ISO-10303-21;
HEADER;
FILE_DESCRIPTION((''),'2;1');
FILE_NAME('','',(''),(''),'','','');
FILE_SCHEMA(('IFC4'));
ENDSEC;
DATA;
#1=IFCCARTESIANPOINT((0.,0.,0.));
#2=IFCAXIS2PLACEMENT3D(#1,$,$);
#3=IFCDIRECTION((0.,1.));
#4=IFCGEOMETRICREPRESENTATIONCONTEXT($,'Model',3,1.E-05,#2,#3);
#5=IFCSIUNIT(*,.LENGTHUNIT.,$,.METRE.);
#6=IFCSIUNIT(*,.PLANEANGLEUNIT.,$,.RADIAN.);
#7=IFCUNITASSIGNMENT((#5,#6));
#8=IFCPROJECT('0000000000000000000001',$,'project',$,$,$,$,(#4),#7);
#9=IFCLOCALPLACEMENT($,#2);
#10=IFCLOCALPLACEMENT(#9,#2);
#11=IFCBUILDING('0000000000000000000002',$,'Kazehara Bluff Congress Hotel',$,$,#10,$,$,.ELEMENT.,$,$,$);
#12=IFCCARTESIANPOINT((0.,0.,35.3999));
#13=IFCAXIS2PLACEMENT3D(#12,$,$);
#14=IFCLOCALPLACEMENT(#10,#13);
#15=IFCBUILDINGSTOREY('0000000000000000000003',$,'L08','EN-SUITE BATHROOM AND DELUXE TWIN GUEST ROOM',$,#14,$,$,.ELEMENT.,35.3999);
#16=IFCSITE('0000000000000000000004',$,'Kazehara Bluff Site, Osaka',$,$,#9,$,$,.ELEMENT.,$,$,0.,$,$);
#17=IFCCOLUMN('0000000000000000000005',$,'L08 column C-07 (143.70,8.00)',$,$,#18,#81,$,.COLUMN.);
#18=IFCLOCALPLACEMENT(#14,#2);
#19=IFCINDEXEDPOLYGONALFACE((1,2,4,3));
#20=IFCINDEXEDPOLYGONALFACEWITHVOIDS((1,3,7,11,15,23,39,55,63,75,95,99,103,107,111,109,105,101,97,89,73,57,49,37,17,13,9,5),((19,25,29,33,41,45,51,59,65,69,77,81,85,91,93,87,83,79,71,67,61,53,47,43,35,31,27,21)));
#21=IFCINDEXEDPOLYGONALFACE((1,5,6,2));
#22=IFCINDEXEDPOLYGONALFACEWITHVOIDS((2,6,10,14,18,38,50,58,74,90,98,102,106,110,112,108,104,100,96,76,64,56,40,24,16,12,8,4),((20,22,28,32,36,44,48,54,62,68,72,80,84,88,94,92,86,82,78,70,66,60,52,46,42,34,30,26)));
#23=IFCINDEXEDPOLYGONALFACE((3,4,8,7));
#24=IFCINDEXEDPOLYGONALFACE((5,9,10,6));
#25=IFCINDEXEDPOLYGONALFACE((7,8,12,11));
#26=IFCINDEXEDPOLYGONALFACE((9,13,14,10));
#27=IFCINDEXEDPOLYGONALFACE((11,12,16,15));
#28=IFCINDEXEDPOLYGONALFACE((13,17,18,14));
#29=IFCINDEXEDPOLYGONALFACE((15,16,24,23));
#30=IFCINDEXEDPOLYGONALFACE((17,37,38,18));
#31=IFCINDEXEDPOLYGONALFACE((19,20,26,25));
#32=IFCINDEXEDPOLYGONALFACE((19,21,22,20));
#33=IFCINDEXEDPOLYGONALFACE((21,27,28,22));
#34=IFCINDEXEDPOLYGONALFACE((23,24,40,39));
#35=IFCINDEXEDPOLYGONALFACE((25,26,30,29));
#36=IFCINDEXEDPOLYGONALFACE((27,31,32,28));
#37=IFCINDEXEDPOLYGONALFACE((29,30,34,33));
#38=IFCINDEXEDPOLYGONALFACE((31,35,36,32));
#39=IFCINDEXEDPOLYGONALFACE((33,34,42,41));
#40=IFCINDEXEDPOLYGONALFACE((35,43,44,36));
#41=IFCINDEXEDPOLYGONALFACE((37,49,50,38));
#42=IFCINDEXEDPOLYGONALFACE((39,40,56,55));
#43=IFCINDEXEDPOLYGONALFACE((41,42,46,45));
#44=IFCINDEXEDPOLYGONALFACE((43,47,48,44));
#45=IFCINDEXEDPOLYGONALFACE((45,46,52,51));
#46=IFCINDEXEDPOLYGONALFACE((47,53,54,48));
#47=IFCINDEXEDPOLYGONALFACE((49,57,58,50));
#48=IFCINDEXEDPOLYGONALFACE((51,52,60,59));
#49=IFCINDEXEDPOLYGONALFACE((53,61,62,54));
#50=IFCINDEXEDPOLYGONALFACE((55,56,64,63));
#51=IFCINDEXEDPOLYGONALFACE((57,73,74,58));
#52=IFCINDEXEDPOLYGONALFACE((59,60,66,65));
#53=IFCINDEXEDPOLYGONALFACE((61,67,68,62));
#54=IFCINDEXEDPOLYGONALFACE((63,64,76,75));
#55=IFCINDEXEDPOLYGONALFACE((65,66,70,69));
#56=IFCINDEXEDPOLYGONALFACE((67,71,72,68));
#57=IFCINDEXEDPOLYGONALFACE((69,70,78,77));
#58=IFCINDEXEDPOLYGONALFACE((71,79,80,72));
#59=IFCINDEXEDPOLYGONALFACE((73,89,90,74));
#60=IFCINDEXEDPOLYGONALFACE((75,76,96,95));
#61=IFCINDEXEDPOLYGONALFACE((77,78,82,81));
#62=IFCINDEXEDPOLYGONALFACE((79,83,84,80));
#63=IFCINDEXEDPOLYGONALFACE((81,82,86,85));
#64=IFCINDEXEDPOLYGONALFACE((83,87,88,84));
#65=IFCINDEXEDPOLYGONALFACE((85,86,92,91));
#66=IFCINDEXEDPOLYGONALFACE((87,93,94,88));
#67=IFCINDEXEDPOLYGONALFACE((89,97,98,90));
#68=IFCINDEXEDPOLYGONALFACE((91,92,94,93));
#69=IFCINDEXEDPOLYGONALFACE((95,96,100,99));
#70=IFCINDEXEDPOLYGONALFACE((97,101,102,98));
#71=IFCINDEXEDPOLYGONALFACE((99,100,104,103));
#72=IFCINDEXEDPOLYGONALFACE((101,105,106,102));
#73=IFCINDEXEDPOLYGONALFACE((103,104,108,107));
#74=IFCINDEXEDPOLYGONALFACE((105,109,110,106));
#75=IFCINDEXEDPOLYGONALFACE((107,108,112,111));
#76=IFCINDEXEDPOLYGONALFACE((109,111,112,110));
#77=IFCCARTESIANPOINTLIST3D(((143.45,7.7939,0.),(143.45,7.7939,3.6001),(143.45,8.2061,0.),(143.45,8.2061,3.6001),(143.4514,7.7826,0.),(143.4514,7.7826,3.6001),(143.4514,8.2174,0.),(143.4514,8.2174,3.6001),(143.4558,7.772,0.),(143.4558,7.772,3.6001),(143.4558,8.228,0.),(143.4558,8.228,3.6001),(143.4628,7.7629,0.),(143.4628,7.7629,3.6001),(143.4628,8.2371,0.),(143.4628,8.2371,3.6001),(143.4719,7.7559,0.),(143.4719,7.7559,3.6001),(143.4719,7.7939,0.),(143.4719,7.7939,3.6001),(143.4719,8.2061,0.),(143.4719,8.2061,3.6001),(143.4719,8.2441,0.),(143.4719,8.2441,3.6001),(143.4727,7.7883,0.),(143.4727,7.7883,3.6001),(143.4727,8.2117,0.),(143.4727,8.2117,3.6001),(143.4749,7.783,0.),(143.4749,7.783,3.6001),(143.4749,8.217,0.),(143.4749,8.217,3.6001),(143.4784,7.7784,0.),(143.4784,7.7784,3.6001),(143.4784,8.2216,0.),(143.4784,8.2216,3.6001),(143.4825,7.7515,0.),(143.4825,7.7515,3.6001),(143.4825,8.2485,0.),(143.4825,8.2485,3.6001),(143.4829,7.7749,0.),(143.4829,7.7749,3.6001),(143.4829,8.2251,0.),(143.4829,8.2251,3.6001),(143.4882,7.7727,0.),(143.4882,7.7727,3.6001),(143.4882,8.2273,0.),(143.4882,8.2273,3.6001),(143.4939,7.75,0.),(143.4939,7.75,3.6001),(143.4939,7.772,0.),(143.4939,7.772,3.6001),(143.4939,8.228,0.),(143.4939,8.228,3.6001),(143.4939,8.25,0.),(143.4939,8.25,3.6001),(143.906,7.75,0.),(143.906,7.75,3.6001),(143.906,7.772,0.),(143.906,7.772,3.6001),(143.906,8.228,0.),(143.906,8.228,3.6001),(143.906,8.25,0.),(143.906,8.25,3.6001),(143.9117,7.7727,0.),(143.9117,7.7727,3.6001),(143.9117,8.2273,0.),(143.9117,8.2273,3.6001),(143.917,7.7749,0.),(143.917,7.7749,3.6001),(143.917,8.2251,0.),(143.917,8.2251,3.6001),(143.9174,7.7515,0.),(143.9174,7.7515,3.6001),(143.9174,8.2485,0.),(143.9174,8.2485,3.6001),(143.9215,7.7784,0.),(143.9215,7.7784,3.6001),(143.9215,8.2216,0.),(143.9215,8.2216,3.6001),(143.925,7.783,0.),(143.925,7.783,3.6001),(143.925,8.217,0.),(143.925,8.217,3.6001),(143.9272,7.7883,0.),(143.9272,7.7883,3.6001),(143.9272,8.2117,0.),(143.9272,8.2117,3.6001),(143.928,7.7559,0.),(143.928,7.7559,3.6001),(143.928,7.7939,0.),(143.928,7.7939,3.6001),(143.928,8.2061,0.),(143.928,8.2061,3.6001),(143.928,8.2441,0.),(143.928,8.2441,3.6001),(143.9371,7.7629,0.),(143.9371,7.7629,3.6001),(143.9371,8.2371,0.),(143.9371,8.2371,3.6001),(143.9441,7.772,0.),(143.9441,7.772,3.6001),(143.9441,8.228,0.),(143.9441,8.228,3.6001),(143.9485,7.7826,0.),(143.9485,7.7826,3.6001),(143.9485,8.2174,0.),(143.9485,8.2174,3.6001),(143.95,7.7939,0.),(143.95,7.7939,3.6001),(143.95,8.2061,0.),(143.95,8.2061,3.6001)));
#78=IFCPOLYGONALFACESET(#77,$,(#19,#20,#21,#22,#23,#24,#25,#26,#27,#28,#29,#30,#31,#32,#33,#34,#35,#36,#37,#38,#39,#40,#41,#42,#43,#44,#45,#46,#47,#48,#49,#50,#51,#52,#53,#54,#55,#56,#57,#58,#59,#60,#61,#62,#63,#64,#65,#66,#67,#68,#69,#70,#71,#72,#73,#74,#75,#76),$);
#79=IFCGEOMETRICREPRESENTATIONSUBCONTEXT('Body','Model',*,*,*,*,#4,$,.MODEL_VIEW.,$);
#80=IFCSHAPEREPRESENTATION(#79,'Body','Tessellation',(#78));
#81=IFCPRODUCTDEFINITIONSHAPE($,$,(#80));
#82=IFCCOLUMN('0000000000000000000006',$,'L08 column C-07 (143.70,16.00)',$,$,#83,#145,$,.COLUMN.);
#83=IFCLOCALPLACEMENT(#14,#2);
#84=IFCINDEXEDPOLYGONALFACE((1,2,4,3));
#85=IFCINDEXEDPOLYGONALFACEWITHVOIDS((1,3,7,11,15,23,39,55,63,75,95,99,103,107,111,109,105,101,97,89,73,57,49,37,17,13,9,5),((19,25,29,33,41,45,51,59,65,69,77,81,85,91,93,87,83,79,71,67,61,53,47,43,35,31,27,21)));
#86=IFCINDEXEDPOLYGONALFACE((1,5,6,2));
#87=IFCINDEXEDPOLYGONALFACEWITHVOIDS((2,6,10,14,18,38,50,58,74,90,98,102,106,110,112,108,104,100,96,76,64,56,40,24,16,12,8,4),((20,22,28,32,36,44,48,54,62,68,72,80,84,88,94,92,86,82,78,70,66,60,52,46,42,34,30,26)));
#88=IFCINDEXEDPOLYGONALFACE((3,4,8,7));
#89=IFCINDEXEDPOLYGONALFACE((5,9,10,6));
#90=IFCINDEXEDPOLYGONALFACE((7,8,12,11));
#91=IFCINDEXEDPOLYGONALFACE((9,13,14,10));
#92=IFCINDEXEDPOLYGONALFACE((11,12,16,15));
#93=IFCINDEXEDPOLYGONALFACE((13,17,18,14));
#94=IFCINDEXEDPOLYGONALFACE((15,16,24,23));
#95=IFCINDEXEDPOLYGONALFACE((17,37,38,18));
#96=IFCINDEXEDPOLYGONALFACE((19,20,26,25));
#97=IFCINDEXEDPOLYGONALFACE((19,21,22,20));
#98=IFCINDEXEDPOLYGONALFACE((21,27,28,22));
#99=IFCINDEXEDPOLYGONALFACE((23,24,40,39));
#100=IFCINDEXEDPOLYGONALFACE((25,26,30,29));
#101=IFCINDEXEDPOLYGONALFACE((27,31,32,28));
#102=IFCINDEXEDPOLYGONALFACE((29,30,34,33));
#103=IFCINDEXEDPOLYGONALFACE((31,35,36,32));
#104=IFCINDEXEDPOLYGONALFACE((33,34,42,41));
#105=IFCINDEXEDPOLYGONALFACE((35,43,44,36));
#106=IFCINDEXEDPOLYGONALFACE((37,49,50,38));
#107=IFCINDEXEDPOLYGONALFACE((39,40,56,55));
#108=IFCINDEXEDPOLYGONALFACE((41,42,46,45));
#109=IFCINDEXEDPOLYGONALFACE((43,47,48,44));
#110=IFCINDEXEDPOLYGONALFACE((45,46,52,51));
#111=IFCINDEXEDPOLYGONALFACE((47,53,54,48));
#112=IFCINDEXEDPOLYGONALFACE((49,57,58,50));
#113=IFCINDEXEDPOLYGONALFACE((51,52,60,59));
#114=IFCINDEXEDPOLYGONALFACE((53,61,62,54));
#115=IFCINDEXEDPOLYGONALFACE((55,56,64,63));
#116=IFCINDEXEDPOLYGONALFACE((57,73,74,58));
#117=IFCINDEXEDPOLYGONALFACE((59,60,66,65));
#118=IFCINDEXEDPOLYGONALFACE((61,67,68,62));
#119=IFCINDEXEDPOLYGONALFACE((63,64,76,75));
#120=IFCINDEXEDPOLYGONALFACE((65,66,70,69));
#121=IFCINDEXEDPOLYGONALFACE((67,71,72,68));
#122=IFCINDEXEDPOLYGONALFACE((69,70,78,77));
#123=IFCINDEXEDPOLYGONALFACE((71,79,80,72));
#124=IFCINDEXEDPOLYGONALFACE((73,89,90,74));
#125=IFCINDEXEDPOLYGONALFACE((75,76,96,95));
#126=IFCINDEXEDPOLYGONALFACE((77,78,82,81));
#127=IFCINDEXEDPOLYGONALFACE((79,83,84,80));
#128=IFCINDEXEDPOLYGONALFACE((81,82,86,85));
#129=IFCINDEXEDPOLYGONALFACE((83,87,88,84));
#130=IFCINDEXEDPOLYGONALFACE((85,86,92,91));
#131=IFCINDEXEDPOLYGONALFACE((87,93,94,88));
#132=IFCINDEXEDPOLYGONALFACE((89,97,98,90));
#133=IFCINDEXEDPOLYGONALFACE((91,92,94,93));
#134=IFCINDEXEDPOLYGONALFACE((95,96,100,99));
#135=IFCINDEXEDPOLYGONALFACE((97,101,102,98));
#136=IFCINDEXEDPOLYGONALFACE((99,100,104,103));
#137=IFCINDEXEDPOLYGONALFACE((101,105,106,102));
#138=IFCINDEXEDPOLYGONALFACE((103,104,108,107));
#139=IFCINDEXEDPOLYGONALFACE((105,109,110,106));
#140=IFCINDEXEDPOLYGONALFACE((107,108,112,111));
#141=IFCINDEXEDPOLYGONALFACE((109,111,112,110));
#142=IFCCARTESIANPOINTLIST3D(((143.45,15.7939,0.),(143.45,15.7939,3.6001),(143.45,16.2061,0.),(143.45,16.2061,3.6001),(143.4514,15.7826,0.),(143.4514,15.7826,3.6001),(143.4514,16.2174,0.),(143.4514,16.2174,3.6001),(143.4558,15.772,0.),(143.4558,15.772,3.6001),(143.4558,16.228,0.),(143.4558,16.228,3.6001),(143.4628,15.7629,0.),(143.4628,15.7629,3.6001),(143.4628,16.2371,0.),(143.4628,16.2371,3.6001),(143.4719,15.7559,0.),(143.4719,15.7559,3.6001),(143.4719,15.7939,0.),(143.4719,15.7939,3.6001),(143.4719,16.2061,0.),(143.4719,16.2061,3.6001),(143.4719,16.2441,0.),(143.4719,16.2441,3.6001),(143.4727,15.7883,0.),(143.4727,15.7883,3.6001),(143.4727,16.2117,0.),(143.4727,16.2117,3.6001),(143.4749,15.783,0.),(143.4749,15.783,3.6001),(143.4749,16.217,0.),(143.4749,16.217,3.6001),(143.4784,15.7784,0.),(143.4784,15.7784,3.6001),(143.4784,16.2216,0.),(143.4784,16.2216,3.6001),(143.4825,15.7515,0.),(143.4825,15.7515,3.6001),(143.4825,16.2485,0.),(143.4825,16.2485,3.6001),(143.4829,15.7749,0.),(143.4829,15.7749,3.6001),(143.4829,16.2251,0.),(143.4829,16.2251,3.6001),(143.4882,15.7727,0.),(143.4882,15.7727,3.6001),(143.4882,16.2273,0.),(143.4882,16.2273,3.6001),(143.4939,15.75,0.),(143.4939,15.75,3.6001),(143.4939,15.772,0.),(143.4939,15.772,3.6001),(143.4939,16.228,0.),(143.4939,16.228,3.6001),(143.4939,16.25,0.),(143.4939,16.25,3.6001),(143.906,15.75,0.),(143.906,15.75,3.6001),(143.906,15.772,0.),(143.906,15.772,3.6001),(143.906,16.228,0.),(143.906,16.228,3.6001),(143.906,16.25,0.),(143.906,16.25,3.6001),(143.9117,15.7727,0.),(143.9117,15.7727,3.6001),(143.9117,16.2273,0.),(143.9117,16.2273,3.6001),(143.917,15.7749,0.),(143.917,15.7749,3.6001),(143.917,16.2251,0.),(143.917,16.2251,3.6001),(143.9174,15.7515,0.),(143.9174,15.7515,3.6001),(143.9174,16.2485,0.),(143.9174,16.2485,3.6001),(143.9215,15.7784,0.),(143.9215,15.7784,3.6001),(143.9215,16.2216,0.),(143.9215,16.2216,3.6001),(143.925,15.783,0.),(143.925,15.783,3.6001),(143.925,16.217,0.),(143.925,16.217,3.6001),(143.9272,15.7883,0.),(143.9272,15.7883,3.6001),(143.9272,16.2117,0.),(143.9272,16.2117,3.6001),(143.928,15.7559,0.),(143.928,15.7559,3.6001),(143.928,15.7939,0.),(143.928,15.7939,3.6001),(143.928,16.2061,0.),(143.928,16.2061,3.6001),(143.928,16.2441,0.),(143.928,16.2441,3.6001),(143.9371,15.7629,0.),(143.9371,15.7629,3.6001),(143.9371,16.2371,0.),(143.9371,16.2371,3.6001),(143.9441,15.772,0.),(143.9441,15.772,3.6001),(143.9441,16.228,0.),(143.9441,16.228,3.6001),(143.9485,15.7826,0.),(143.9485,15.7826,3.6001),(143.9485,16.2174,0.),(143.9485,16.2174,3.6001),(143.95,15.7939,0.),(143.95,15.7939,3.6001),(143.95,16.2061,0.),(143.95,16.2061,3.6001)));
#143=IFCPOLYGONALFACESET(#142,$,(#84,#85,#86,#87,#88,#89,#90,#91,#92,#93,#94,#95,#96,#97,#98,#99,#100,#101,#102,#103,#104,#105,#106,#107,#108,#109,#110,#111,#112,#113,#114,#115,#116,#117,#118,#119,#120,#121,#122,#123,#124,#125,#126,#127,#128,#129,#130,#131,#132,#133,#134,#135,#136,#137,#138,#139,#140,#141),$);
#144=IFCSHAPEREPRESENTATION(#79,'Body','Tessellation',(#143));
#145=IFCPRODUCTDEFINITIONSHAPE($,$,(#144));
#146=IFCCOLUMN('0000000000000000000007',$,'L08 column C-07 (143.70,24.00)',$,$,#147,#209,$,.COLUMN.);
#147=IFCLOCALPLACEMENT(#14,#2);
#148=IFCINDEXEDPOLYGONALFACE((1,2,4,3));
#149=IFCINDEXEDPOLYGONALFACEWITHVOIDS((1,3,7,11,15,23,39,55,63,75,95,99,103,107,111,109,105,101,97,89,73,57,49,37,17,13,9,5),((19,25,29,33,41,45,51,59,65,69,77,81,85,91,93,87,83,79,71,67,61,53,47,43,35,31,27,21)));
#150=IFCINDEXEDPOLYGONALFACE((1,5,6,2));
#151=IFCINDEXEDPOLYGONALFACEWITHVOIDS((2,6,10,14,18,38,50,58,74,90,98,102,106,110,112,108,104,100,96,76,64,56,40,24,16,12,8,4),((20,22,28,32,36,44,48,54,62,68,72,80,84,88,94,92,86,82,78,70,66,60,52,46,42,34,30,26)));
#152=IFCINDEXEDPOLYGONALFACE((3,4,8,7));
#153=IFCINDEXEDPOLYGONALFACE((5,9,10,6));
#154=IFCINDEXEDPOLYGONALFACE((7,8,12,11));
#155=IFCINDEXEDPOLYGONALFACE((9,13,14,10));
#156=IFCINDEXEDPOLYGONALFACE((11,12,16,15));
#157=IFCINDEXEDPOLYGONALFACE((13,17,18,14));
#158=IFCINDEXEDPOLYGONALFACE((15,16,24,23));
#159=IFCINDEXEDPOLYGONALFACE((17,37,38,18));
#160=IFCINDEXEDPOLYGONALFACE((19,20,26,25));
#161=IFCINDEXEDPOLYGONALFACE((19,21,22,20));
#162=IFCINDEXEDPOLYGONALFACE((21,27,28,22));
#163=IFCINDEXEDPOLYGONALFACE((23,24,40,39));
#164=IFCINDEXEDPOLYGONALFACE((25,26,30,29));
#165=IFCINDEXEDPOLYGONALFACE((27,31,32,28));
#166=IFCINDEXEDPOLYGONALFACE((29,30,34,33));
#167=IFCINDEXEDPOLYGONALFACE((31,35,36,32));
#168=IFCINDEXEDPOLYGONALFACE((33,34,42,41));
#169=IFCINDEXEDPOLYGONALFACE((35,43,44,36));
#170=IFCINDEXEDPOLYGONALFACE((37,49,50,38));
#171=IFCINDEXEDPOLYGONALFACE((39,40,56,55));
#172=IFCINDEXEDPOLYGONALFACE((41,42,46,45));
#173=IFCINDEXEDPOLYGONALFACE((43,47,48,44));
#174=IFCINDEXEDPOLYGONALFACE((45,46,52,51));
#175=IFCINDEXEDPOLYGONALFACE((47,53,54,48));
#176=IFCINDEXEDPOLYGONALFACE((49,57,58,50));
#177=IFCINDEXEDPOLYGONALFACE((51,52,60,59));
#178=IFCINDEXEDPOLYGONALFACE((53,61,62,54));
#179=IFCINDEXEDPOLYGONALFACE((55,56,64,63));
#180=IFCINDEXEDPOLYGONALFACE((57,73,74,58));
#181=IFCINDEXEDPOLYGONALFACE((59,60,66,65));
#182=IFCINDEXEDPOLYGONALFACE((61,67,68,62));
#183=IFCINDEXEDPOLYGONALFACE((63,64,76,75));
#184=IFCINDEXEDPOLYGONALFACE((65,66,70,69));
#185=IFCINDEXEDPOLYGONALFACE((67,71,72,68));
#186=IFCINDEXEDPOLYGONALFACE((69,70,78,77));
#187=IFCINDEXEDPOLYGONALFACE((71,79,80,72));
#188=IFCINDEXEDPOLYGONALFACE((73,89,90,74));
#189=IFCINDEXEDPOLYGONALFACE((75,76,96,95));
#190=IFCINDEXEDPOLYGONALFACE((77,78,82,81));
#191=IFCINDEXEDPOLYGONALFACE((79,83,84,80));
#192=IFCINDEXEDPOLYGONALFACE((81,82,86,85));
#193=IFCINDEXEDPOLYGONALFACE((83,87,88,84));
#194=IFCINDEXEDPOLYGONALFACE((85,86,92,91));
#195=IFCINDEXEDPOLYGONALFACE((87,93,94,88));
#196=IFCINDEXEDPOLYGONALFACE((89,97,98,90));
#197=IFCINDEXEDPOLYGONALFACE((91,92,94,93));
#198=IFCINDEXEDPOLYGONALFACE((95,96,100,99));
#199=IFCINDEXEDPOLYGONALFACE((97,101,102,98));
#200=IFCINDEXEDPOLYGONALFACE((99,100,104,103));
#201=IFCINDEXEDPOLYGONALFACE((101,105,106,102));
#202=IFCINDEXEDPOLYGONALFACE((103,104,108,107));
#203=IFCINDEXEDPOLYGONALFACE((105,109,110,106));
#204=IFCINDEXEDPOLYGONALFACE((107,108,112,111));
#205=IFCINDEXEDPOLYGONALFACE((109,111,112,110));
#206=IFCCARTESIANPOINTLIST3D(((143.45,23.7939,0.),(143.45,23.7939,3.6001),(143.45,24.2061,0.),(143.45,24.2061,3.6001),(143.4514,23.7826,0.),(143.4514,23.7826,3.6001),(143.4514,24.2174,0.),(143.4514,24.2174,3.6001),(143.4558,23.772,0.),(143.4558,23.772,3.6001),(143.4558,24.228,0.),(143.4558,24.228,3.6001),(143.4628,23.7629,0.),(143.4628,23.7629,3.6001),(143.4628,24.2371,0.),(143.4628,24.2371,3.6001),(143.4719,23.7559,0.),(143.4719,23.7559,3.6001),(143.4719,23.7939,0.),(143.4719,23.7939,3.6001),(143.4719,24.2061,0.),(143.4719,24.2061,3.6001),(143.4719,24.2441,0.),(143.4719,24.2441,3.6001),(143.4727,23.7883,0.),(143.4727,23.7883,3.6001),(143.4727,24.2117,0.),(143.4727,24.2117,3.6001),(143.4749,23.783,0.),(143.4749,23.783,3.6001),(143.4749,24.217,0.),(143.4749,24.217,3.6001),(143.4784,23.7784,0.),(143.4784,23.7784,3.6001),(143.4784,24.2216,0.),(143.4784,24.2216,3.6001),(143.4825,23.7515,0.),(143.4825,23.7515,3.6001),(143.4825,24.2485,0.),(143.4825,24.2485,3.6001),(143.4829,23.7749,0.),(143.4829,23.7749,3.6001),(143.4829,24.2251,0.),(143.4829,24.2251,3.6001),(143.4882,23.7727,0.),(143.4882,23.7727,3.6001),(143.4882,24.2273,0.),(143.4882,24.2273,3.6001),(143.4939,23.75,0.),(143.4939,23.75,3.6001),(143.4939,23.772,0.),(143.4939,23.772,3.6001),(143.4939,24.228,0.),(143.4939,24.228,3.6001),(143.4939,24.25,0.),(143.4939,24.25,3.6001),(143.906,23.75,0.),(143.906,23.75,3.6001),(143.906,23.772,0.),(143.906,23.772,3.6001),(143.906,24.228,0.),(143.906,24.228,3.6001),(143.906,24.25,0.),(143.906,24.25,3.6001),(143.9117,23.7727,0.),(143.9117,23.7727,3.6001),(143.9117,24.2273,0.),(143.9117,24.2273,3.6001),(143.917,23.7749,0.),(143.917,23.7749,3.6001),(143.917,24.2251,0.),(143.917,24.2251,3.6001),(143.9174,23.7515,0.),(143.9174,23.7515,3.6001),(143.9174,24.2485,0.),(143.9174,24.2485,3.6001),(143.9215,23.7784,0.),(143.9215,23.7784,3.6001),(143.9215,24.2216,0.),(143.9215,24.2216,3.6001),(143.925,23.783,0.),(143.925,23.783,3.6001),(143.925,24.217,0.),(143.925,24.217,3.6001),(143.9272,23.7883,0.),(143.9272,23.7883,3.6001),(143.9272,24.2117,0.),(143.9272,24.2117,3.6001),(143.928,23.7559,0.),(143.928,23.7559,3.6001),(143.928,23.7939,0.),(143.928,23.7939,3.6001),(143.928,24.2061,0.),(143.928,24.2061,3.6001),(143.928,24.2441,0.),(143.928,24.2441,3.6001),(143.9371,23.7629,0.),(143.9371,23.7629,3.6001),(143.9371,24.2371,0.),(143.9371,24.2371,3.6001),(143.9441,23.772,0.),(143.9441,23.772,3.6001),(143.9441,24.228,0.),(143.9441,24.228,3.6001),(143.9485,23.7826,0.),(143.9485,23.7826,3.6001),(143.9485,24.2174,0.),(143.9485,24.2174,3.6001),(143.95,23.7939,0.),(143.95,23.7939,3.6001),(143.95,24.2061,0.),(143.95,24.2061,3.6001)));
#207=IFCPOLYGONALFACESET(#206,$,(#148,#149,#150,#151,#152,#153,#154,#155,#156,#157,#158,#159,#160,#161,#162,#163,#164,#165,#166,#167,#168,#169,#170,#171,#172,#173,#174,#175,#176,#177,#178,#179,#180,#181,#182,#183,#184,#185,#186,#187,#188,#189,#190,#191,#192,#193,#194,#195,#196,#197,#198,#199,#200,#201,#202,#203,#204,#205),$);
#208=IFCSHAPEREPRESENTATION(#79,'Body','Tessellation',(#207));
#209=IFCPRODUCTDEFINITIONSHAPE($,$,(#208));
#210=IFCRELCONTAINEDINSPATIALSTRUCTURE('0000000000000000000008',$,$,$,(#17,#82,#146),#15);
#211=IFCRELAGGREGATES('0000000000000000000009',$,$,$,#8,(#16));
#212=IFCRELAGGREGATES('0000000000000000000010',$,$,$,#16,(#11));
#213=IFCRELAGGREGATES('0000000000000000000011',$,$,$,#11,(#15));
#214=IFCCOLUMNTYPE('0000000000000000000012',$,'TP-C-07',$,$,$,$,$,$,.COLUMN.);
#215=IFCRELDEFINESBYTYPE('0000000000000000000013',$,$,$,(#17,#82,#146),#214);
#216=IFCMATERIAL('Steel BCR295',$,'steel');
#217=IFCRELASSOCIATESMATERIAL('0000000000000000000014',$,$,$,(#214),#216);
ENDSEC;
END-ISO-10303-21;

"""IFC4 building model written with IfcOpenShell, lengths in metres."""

from ifc_helpers import new_model, si_unit, direction, frame, origin, origin_2d, place, context, subcontext, project, spatial, hollow_rectangle, extrude, material, material_profile, profile_set, type_object, element, save


model = new_model("IFC4")

# Units and contexts
model_context = context("Model", 3, precision=1e-05, world=origin(), true_north=direction((0.0, 1.0)))
body_context = subcontext(model_context, "Body", "Model", "MODEL_VIEW")
ifc_project = project(units=[si_unit("LENGTHUNIT", "METRE"), si_unit("PLANEANGLEUNIT", "RADIAN")], contexts=[model_context])

# Site, building, storey
site_placement = place(None, origin())
site = spatial("IfcSite", under=ifc_project, at=site_placement, Name="Kazehara Bluff Site, Osaka", CompositionType="ELEMENT", RefElevation=0.0)
building_placement = place(site_placement, origin())
building = spatial("IfcBuilding", under=site, at=building_placement, Name="Kazehara Bluff Congress Hotel", CompositionType="ELEMENT")
storey_placement = place(building_placement, frame((0.0, 0.0, 35.3999)))
storey = spatial("IfcBuildingStorey", under=building, at=storey_placement, Name="L08", Description="EN-SUITE BATHROOM AND DELUXE TWIN GUEST ROOM", CompositionType="ELEMENT", Elevation=35.3999)

# Columns
ifc_material_1 = material(Name="Steel BCR295", Category="steel")
ifc_material_profile_1 = material_profile(ifc_material_1, hollow_rectangle(XDim=0.5, YDim=0.5, WallThickness=0.022, InnerFilletRadius=0.022, OuterFilletRadius=0.0439, at=origin_2d()))
ifc_profile_set_1 = profile_set([ifc_material_profile_1], Name="Steel BCR295")
column_type = type_object("IfcColumnType", Name="TP-C-07", PredefinedType="COLUMN", material=ifc_profile_set_1)
for number, where, z_axis, x_axis, name in (
    (1, (143.7, 8.0, 0.0), (0.0, 0.0, 1.0), (1.0, 0.0, 0.0), "L08 column C-07 (143.70,8.00)"),
    (2, (143.7, 16.0, 0.0), (0.0, 0.0, 1.0), (1.0, 0.0, 0.0), "L08 column C-07 (143.70,16.00)"),
    (3, (143.7, 24.0, 0.0), (0.0, 0.0, 1.0), (1.0, 0.0, 0.0), "L08 column C-07 (143.70,24.00)"),
):
    element("IfcColumn", number, at=place(storey_placement, frame(where, z_axis=z_axis, x_axis=x_axis)), inside=storey, type_object=column_type, Name=name, PredefinedType="COLUMN", context=body_context, shape_type="SweptSolid", body=[
        extrude(hollow_rectangle(XDim=0.5, YDim=0.5, WallThickness=0.022, InnerFilletRadius=0.022, OuterFilletRadius=0.0439, at=origin_2d()), origin(), (0.0, 0.0, 1.0), 3.6001),
    ])

save(model, "model.ifc")
